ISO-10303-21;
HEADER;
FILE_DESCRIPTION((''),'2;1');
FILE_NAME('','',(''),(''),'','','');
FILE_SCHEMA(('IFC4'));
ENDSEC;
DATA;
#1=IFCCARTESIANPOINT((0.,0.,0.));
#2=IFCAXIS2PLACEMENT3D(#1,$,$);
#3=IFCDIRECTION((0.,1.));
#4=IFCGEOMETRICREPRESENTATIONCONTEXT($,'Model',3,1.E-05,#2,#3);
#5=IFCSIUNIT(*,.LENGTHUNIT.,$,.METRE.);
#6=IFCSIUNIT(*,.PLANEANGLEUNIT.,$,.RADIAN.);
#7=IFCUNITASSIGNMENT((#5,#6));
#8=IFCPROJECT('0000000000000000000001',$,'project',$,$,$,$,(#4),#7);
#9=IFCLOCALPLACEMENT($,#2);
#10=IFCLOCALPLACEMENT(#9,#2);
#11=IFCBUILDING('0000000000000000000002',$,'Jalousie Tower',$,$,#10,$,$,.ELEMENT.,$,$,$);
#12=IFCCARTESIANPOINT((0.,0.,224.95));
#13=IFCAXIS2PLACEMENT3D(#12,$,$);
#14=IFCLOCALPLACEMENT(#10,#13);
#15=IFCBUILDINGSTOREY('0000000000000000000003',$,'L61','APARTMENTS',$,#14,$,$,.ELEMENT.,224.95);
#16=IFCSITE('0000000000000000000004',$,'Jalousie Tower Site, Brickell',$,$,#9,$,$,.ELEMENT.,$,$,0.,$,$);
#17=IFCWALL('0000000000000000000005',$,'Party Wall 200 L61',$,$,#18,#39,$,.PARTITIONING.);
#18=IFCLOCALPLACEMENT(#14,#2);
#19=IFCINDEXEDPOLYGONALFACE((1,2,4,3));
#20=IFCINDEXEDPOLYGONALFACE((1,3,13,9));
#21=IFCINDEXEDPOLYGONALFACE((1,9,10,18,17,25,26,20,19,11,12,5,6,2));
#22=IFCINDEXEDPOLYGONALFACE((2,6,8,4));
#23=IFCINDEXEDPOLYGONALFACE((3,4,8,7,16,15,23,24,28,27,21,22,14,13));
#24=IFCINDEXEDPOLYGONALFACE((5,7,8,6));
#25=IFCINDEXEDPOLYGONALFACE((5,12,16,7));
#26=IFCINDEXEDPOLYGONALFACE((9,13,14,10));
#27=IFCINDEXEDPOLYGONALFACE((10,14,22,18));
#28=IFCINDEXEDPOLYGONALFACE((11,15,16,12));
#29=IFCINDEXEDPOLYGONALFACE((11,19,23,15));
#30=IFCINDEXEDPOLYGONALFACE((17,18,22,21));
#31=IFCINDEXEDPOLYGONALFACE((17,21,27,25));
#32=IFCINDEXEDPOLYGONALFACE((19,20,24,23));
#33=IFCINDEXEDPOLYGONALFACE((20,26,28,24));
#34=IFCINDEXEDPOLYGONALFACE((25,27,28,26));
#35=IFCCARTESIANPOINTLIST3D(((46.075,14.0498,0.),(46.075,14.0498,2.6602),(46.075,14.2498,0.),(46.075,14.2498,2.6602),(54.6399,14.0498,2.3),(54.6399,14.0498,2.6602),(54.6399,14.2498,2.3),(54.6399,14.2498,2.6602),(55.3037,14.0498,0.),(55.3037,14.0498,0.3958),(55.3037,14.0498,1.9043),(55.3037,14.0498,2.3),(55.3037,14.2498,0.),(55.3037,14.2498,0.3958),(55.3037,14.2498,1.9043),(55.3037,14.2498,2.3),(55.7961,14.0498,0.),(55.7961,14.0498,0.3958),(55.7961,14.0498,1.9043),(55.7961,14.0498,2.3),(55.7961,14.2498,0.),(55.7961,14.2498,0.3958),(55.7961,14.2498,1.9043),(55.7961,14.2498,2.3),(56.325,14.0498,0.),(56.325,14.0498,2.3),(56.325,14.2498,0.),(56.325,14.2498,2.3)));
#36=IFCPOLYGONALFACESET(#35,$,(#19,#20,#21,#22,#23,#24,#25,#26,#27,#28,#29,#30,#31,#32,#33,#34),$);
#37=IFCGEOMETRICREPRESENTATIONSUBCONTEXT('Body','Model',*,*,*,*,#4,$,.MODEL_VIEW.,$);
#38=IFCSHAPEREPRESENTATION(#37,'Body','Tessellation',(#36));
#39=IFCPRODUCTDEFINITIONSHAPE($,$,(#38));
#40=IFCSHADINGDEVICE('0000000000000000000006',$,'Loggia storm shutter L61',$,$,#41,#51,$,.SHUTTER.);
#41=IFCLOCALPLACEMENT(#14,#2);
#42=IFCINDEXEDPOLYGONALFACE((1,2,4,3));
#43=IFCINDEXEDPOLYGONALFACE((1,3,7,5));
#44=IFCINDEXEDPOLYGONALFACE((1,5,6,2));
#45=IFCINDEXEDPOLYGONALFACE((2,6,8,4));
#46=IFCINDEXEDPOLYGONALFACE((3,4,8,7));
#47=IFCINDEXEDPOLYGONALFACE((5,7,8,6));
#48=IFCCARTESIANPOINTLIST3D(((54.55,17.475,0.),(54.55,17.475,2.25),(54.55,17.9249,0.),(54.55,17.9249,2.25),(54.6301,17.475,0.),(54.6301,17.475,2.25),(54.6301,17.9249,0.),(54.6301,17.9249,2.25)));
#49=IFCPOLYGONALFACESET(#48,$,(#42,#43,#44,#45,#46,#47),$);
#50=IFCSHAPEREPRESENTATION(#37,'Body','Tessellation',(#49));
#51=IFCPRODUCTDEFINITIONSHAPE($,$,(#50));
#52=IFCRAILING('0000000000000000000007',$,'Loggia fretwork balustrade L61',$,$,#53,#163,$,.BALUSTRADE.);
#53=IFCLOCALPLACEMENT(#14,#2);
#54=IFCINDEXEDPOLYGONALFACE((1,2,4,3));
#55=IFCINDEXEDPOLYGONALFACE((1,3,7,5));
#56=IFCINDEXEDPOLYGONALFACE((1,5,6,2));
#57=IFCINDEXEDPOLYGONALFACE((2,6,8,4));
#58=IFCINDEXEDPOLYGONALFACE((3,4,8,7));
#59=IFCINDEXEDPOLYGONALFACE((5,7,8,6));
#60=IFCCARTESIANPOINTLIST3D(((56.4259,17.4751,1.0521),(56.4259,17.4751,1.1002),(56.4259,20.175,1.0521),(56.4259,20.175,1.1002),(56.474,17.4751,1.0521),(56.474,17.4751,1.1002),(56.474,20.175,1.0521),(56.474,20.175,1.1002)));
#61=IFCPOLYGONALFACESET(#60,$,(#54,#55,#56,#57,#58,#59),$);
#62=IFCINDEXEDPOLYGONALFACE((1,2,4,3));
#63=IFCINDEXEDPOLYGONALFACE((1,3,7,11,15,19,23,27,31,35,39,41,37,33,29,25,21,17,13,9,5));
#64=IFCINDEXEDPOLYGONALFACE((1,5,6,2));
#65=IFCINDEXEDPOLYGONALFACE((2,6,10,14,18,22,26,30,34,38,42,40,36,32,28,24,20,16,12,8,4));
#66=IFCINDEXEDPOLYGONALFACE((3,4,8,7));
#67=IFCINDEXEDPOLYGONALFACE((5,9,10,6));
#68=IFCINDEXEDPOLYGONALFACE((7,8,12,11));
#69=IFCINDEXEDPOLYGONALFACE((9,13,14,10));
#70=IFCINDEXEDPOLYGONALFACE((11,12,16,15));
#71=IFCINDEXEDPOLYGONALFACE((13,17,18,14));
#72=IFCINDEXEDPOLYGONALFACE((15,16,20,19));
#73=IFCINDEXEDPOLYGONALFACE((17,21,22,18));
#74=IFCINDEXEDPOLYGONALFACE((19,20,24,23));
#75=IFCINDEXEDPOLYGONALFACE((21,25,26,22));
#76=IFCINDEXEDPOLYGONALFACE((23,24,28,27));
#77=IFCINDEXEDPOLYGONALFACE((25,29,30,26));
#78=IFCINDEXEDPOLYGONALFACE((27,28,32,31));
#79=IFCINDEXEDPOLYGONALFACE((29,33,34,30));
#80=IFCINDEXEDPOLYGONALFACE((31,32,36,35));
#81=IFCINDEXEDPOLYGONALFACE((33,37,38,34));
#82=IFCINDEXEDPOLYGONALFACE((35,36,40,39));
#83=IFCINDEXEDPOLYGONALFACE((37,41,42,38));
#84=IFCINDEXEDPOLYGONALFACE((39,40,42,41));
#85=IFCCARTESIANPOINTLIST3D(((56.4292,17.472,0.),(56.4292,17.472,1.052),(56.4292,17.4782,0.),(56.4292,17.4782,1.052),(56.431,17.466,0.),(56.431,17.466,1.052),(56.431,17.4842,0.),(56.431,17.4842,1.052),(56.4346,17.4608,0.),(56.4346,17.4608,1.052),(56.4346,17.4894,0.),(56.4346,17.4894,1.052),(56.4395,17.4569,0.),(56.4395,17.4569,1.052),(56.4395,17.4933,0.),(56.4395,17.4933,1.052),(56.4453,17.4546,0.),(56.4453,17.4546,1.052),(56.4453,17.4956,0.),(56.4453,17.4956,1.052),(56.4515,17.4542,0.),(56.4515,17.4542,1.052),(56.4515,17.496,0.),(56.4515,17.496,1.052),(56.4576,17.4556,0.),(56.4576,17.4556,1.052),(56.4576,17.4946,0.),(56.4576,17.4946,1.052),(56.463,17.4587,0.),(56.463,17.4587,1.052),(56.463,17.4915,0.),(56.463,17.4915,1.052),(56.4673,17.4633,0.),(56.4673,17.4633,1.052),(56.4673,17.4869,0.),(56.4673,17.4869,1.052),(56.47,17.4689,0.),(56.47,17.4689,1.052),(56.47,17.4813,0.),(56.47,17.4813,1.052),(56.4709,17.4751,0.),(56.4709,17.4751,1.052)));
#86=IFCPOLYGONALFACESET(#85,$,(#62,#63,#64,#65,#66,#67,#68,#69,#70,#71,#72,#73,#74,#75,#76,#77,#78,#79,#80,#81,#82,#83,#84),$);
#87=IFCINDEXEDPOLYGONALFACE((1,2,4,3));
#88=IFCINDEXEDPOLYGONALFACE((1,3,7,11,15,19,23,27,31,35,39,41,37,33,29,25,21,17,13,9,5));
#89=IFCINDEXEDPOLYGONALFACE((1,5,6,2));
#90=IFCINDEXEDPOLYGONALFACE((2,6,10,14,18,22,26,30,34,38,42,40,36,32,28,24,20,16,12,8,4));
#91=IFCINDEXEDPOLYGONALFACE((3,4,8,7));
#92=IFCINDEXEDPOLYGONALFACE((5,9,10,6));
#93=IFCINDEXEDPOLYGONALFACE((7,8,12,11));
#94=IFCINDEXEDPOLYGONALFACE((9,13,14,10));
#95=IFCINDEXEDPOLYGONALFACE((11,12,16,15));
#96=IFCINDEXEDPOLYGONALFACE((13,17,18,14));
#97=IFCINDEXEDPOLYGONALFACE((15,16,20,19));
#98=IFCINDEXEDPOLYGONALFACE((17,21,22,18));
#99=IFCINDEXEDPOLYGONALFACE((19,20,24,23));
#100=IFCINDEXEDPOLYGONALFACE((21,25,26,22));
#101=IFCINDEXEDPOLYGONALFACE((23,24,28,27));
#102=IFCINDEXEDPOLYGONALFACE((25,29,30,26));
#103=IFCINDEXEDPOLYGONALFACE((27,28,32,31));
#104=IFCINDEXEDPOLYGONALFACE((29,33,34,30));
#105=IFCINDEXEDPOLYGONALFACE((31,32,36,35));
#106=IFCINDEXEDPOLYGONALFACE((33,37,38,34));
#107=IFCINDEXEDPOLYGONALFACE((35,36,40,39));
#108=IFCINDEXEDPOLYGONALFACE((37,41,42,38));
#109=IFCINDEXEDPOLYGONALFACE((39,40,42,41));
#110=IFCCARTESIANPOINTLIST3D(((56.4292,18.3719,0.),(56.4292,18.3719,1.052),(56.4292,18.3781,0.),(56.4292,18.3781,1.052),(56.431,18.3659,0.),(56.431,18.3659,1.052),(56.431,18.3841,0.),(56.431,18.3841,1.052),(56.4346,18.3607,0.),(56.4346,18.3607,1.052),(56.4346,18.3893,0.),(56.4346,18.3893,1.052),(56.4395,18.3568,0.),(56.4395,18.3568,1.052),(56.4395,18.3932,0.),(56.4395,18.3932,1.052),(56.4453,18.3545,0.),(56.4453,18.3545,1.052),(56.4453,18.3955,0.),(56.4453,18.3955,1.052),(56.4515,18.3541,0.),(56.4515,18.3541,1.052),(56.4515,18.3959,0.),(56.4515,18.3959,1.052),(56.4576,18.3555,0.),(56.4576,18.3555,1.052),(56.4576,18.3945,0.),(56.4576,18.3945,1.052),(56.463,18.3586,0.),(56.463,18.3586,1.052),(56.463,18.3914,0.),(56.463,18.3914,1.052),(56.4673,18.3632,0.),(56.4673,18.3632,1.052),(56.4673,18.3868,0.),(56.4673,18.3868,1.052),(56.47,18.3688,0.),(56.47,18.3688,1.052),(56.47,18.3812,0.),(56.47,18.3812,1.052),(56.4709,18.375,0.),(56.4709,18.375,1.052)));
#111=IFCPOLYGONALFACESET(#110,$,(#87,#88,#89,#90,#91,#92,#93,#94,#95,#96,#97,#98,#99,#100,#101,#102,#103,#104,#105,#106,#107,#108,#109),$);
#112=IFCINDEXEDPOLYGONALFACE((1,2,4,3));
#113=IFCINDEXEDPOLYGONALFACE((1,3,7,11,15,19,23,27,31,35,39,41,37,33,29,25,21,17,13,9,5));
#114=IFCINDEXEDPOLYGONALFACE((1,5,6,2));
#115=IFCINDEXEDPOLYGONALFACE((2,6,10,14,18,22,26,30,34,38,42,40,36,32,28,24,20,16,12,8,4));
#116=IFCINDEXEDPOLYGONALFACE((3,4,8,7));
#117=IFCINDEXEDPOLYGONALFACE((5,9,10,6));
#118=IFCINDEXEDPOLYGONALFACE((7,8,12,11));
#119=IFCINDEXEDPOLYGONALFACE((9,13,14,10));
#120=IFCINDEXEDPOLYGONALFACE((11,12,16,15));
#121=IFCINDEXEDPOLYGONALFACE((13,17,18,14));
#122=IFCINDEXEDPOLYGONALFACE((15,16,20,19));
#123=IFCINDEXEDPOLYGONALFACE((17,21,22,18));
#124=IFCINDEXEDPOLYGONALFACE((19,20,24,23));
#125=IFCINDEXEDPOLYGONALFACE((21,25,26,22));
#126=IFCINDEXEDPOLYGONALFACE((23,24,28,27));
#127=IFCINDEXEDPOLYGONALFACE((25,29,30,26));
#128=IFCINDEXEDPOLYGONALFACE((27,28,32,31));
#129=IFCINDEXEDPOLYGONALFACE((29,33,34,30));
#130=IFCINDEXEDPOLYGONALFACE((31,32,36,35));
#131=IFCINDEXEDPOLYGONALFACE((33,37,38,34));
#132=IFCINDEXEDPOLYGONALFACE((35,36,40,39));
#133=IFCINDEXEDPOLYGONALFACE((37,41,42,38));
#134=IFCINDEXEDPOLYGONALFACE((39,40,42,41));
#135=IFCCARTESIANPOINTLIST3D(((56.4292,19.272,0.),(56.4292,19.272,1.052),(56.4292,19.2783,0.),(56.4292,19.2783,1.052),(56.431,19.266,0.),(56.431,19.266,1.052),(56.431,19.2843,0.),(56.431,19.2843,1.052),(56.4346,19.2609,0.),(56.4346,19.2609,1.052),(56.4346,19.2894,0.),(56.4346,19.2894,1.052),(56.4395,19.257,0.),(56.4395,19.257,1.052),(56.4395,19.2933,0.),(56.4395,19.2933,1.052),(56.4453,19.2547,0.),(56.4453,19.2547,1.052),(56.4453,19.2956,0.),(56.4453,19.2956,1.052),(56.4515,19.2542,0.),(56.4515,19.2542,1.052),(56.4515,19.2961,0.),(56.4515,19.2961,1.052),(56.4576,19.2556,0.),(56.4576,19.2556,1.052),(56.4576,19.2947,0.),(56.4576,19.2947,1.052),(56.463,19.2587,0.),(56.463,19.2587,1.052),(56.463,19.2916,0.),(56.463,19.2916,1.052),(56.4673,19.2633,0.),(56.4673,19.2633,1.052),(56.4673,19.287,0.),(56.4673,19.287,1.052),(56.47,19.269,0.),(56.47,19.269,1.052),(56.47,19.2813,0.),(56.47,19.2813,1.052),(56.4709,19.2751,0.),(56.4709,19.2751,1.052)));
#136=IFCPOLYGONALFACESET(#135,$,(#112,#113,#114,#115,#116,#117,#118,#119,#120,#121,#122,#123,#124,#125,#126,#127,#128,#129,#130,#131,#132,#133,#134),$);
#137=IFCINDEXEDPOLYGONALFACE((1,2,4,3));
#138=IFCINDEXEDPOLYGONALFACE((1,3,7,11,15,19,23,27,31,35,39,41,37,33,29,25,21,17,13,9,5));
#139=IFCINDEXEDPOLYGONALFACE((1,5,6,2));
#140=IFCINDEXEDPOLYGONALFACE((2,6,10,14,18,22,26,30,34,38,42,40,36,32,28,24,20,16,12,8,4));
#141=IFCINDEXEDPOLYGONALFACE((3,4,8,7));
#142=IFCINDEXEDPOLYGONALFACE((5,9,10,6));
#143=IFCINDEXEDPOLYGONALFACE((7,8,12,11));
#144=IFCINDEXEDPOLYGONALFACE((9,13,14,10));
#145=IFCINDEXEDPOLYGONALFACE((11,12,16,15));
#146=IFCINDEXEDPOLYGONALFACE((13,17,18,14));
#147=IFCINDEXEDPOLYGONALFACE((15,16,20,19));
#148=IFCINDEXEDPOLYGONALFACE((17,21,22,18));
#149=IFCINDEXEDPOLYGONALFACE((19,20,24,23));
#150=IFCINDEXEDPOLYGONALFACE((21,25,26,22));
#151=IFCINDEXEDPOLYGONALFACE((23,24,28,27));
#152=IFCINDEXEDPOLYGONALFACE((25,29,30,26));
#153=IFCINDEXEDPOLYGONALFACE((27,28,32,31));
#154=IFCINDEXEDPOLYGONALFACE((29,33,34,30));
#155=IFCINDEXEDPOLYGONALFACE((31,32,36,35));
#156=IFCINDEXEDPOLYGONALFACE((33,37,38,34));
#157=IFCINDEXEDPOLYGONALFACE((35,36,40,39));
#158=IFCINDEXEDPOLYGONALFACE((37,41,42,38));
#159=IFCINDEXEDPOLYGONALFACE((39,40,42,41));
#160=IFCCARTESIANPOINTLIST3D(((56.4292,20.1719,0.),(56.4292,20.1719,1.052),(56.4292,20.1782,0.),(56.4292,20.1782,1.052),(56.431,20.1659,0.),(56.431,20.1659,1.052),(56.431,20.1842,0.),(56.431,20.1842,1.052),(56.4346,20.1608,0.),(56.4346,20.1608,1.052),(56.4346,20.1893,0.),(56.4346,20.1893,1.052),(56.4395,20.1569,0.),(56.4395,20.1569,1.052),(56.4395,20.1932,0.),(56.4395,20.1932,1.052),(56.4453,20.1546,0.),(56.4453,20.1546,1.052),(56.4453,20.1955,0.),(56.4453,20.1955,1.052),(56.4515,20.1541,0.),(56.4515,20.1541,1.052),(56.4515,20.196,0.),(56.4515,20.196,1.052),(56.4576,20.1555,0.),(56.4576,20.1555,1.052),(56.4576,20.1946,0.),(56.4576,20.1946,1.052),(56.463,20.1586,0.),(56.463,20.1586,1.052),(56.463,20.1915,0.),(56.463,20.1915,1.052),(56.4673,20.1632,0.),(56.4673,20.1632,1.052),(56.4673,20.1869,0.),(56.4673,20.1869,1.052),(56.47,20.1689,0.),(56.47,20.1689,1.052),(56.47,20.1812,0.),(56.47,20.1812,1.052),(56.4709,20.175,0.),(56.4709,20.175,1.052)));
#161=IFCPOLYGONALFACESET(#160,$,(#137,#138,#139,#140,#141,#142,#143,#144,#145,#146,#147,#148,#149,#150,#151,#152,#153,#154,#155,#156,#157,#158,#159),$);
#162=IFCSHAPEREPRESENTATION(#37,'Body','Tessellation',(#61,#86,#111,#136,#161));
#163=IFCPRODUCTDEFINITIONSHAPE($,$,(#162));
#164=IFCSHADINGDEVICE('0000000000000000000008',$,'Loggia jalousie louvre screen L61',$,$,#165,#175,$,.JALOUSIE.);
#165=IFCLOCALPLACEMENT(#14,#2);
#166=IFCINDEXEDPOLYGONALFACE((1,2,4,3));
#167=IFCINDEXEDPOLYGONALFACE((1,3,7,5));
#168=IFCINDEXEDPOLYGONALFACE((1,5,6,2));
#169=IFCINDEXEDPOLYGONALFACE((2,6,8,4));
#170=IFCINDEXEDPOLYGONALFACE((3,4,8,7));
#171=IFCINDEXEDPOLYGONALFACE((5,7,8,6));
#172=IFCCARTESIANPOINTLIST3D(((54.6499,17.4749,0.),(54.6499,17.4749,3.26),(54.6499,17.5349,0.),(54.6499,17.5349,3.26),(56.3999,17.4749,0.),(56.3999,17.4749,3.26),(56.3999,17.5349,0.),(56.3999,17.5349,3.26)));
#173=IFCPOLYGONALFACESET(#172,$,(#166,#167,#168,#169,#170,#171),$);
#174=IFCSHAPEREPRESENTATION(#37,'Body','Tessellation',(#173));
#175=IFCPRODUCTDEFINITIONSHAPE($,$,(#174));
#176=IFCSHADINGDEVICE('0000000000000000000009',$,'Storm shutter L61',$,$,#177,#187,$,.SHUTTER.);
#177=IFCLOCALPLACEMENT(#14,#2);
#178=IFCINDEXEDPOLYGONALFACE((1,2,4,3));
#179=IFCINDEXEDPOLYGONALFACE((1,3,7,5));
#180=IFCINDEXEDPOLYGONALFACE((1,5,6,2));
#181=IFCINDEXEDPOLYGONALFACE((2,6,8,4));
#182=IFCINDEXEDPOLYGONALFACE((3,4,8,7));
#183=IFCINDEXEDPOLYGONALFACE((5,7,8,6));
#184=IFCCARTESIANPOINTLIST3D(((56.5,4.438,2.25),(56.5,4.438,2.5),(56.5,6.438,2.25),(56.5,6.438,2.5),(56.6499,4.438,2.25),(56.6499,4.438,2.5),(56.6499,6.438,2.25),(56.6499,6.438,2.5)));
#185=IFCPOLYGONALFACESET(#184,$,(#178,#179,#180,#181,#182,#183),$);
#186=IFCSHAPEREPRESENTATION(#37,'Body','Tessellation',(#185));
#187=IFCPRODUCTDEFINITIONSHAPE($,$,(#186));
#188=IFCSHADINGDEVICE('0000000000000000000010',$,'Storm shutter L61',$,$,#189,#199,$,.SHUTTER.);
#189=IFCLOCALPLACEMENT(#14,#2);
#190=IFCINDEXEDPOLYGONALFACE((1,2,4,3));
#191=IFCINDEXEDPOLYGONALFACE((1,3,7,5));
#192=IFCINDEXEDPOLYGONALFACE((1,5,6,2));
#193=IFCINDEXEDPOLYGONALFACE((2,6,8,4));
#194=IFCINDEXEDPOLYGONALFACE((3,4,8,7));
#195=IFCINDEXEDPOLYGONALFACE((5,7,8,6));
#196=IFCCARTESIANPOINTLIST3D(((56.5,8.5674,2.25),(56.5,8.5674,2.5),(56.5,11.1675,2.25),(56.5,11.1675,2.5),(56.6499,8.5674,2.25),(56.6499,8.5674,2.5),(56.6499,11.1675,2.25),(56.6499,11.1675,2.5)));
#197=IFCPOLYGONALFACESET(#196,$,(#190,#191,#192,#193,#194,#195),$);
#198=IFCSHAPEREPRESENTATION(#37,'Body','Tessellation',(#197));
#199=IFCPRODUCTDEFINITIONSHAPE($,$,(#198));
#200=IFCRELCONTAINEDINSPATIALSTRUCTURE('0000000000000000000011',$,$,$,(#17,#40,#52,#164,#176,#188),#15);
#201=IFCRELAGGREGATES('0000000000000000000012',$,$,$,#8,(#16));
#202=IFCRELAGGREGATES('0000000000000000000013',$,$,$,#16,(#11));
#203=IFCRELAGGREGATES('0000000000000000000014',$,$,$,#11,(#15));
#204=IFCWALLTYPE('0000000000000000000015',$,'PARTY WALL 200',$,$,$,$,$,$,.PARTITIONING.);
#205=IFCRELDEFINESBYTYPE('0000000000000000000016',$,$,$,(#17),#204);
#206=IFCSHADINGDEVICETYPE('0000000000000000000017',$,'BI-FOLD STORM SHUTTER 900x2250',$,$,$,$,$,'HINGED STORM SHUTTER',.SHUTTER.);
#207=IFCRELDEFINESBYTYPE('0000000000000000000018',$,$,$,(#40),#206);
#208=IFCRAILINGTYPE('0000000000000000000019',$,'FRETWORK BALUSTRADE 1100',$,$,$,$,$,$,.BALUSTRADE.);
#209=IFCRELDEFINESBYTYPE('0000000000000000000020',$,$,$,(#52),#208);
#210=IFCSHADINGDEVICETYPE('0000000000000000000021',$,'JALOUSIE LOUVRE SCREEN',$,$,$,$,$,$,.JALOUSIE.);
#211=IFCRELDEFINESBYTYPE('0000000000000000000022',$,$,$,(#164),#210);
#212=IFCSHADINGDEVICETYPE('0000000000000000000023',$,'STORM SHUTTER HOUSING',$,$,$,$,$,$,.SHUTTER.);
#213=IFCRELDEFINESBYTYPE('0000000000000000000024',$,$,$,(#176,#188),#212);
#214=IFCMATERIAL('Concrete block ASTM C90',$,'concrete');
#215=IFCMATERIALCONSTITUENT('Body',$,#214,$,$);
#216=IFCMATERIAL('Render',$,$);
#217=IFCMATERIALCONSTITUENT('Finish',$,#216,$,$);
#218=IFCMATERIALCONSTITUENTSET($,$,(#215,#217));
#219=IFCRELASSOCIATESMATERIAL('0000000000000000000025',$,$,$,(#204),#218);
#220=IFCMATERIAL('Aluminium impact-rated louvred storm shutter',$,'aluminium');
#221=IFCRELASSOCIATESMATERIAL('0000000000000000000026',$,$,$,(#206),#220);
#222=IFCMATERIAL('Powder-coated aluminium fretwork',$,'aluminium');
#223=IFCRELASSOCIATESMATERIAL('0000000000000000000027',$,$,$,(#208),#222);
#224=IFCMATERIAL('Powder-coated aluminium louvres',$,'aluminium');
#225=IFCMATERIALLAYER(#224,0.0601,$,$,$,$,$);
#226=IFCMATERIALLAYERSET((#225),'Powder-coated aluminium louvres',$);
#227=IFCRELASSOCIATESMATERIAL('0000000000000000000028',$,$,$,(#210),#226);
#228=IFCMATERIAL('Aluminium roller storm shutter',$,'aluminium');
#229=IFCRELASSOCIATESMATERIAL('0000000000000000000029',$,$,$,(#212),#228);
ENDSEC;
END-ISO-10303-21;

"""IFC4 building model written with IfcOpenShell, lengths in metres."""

from ifc_helpers import new_model, si_unit, direction, frame, origin, origin_2d, place, context, subcontext, project, spatial, polyline, rectangle, circle, outline, extrude, material, layer, layer_set, constituent, constituent_set, type_object, element, save


model = new_model("IFC4")

# Units and contexts
model_context = context("Model", 3, precision=1e-05, world=origin(), true_north=direction((0.0, 1.0)))
body_context = subcontext(model_context, "Body", "Model", "MODEL_VIEW")
ifc_project = project(units=[si_unit("LENGTHUNIT", "METRE"), si_unit("PLANEANGLEUNIT", "RADIAN")], contexts=[model_context])

# Site, building, storey
site_placement = place(None, origin())
site = spatial("IfcSite", under=ifc_project, at=site_placement, Name="Jalousie Tower Site, Brickell", CompositionType="ELEMENT", RefElevation=0.0)
building_placement = place(site_placement, origin())
building = spatial("IfcBuilding", under=site, at=building_placement, Name="Jalousie Tower", CompositionType="ELEMENT")
storey_placement = place(building_placement, frame((0.0, 0.0, 224.95)))
storey = spatial("IfcBuildingStorey", under=building, at=storey_placement, Name="L61", Description="APARTMENTS", CompositionType="ELEMENT", Elevation=224.95)

# Wall
ifc_material_1 = material(Name="Concrete block ASTM C90", Category="concrete")
ifc_constituent_1 = constituent(ifc_material_1, Name="Body")
ifc_material_2 = material(Name="Render")
ifc_constituent_2 = constituent(ifc_material_2, Name="Finish")
ifc_constituent_set_1 = constituent_set(constituents=[ifc_constituent_1, ifc_constituent_2])
wall_type_1 = type_object("IfcWallType", Name="PARTY WALL 200", PredefinedType="PARTITIONING", material=ifc_constituent_set_1)
wall_1_placement = place(storey_placement, frame((56.325, 14.1499, 0.0), z_axis=(0.0, 0.0, 1.0), x_axis=(-1.0, 0.0, 0.0)))
element("IfcWall", 1, at=wall_1_placement, inside=storey, type_object=wall_type_1, Name="Party Wall 200 L61", PredefinedType="PARTITIONING", context=body_context, shape_type="SweptSolid", body=[
    extrude(outline(polyline([(0.5288, 2.3), (0.0, 2.3), (0.0, 0.0), (0.5288, 0.0), (0.5288, 0.3958), (1.0212, 0.3958), (1.0212, 0.0), (10.25, 0.0), (10.25, 2.6602), (1.6851, 2.6602), (1.6851, 2.3), (1.0212, 2.3), (1.0212, 1.9043), (0.5288, 1.9043), (0.5288, 2.3)])), frame((0.0, 0.1001, 0.0), z_axis=(0.0, -1.0, 0.0), x_axis=(1.0, 0.0, 0.0)), (0.0, 0.0, 1.0), 0.2),
])

# Shading device
ifc_material_3 = material(Name="Aluminium impact-rated louvred storm shutter", Category="aluminium")
shading_device_type_1 = type_object("IfcShadingDeviceType", Name="BI-FOLD STORM SHUTTER 900x2250", ElementType="HINGED STORM SHUTTER", PredefinedType="SHUTTER", material=ifc_material_3)
shading_device_1_placement = place(storey_placement, frame((54.5901, 17.7, 0.0), z_axis=(0.0, 0.0, 1.0), x_axis=(0.0, 1.0, 0.0)))
element("IfcShadingDevice", 2, at=shading_device_1_placement, inside=storey, type_object=shading_device_type_1, Name="Loggia storm shutter L61", PredefinedType="SHUTTER", context=body_context, shape_type="SweptSolid", body=[
    extrude(rectangle(XDim=0.45, YDim=0.0801, at=origin_2d()), origin(), (0.0, 0.0, 1.0), 2.25),
])

# Railing
ifc_material_4 = material(Name="Powder-coated aluminium fretwork", Category="aluminium")
railing_type = type_object("IfcRailingType", Name="FRETWORK BALUSTRADE 1100", PredefinedType="BALUSTRADE", material=ifc_material_4)
railing_placement = place(storey_placement, frame((56.45, 17.4751, 0.0)))
element("IfcRailing", 3, at=railing_placement, inside=storey, type_object=railing_type, Name="Loggia fretwork balustrade L61", PredefinedType="BALUSTRADE", context=body_context, shape_type="SweptSolid", body=[
    extrude(rectangle(XDim=0.0481, YDim=0.0481, at=origin_2d()), frame((0.0, 0.0, 1.0762), z_axis=(0.0, 1.0, 0.0), x_axis=(-1.0, 0.0, 0.0)), (0.0, 0.0, 1.0), 2.7),
    extrude(circle(Radius=0.021, at=origin_2d()), origin(), (0.0, 0.0, 1.0), 1.052),
    extrude(circle(Radius=0.021, at=origin_2d()), frame((0.0, 0.8999, 0.0)), (0.0, 0.0, 1.0), 1.052),
    extrude(circle(Radius=0.021, at=origin_2d()), frame((0.0, 1.8, 0.0)), (0.0, 0.0, 1.0), 1.052),
    extrude(circle(Radius=0.021, at=origin_2d()), frame((0.0, 2.7, 0.0)), (0.0, 0.0, 1.0), 1.052),
])

# Shading devices
ifc_material_5 = material(Name="Powder-coated aluminium louvres", Category="aluminium")
ifc_layer_1 = layer(ifc_material_5, 0.0601)
ifc_layer_set_1 = layer_set([ifc_layer_1], Name="Powder-coated aluminium louvres")
shading_device_type_2 = type_object("IfcShadingDeviceType", Name="JALOUSIE LOUVRE SCREEN", PredefinedType="JALOUSIE", material=ifc_layer_set_1)
shading_device_2_placement = place(storey_placement, frame((55.5249, 17.5049, 0.0), z_axis=(0.0, 0.0, 1.0), x_axis=(0.0, 1.0, 0.0)))
element("IfcShadingDevice", 4, at=shading_device_2_placement, inside=storey, type_object=shading_device_type_2, Name="Loggia jalousie louvre screen L61", PredefinedType="JALOUSIE", context=body_context, shape_type="SweptSolid", body=[
    extrude(rectangle(XDim=0.0601, YDim=1.75, at=origin_2d()), origin(), (0.0, 0.0, 1.0), 3.26),
])
ifc_material_6 = material(Name="Aluminium roller storm shutter", Category="aluminium")
shading_device_type_3 = type_object("IfcShadingDeviceType", Name="STORM SHUTTER HOUSING", PredefinedType="SHUTTER", material=ifc_material_6)
shading_device_3_placement = place(storey_placement, frame((56.575, 5.438, 2.25), z_axis=(0.0, 0.0, 1.0), x_axis=(0.0, 1.0, 0.0)))
element("IfcShadingDevice", 5, at=shading_device_3_placement, inside=storey, type_object=shading_device_type_3, Name="Storm shutter L61", PredefinedType="SHUTTER", context=body_context, shape_type="SweptSolid", body=[
    extrude(rectangle(XDim=2.0, YDim=0.1499, at=origin_2d()), origin(), (0.0, 0.0, 1.0), 0.25),
])
shading_device_4_placement = place(storey_placement, frame((56.575, 9.8674, 2.25), z_axis=(0.0, 0.0, 1.0), x_axis=(0.0, 1.0, 0.0)))
element("IfcShadingDevice", 6, at=shading_device_4_placement, inside=storey, type_object=shading_device_type_3, Name="Storm shutter L61", PredefinedType="SHUTTER", context=body_context, shape_type="SweptSolid", body=[
    extrude(rectangle(XDim=2.6001, YDim=0.1499, at=origin_2d()), origin(), (0.0, 0.0, 1.0), 0.25),
])

save(model, "model.ifc")
